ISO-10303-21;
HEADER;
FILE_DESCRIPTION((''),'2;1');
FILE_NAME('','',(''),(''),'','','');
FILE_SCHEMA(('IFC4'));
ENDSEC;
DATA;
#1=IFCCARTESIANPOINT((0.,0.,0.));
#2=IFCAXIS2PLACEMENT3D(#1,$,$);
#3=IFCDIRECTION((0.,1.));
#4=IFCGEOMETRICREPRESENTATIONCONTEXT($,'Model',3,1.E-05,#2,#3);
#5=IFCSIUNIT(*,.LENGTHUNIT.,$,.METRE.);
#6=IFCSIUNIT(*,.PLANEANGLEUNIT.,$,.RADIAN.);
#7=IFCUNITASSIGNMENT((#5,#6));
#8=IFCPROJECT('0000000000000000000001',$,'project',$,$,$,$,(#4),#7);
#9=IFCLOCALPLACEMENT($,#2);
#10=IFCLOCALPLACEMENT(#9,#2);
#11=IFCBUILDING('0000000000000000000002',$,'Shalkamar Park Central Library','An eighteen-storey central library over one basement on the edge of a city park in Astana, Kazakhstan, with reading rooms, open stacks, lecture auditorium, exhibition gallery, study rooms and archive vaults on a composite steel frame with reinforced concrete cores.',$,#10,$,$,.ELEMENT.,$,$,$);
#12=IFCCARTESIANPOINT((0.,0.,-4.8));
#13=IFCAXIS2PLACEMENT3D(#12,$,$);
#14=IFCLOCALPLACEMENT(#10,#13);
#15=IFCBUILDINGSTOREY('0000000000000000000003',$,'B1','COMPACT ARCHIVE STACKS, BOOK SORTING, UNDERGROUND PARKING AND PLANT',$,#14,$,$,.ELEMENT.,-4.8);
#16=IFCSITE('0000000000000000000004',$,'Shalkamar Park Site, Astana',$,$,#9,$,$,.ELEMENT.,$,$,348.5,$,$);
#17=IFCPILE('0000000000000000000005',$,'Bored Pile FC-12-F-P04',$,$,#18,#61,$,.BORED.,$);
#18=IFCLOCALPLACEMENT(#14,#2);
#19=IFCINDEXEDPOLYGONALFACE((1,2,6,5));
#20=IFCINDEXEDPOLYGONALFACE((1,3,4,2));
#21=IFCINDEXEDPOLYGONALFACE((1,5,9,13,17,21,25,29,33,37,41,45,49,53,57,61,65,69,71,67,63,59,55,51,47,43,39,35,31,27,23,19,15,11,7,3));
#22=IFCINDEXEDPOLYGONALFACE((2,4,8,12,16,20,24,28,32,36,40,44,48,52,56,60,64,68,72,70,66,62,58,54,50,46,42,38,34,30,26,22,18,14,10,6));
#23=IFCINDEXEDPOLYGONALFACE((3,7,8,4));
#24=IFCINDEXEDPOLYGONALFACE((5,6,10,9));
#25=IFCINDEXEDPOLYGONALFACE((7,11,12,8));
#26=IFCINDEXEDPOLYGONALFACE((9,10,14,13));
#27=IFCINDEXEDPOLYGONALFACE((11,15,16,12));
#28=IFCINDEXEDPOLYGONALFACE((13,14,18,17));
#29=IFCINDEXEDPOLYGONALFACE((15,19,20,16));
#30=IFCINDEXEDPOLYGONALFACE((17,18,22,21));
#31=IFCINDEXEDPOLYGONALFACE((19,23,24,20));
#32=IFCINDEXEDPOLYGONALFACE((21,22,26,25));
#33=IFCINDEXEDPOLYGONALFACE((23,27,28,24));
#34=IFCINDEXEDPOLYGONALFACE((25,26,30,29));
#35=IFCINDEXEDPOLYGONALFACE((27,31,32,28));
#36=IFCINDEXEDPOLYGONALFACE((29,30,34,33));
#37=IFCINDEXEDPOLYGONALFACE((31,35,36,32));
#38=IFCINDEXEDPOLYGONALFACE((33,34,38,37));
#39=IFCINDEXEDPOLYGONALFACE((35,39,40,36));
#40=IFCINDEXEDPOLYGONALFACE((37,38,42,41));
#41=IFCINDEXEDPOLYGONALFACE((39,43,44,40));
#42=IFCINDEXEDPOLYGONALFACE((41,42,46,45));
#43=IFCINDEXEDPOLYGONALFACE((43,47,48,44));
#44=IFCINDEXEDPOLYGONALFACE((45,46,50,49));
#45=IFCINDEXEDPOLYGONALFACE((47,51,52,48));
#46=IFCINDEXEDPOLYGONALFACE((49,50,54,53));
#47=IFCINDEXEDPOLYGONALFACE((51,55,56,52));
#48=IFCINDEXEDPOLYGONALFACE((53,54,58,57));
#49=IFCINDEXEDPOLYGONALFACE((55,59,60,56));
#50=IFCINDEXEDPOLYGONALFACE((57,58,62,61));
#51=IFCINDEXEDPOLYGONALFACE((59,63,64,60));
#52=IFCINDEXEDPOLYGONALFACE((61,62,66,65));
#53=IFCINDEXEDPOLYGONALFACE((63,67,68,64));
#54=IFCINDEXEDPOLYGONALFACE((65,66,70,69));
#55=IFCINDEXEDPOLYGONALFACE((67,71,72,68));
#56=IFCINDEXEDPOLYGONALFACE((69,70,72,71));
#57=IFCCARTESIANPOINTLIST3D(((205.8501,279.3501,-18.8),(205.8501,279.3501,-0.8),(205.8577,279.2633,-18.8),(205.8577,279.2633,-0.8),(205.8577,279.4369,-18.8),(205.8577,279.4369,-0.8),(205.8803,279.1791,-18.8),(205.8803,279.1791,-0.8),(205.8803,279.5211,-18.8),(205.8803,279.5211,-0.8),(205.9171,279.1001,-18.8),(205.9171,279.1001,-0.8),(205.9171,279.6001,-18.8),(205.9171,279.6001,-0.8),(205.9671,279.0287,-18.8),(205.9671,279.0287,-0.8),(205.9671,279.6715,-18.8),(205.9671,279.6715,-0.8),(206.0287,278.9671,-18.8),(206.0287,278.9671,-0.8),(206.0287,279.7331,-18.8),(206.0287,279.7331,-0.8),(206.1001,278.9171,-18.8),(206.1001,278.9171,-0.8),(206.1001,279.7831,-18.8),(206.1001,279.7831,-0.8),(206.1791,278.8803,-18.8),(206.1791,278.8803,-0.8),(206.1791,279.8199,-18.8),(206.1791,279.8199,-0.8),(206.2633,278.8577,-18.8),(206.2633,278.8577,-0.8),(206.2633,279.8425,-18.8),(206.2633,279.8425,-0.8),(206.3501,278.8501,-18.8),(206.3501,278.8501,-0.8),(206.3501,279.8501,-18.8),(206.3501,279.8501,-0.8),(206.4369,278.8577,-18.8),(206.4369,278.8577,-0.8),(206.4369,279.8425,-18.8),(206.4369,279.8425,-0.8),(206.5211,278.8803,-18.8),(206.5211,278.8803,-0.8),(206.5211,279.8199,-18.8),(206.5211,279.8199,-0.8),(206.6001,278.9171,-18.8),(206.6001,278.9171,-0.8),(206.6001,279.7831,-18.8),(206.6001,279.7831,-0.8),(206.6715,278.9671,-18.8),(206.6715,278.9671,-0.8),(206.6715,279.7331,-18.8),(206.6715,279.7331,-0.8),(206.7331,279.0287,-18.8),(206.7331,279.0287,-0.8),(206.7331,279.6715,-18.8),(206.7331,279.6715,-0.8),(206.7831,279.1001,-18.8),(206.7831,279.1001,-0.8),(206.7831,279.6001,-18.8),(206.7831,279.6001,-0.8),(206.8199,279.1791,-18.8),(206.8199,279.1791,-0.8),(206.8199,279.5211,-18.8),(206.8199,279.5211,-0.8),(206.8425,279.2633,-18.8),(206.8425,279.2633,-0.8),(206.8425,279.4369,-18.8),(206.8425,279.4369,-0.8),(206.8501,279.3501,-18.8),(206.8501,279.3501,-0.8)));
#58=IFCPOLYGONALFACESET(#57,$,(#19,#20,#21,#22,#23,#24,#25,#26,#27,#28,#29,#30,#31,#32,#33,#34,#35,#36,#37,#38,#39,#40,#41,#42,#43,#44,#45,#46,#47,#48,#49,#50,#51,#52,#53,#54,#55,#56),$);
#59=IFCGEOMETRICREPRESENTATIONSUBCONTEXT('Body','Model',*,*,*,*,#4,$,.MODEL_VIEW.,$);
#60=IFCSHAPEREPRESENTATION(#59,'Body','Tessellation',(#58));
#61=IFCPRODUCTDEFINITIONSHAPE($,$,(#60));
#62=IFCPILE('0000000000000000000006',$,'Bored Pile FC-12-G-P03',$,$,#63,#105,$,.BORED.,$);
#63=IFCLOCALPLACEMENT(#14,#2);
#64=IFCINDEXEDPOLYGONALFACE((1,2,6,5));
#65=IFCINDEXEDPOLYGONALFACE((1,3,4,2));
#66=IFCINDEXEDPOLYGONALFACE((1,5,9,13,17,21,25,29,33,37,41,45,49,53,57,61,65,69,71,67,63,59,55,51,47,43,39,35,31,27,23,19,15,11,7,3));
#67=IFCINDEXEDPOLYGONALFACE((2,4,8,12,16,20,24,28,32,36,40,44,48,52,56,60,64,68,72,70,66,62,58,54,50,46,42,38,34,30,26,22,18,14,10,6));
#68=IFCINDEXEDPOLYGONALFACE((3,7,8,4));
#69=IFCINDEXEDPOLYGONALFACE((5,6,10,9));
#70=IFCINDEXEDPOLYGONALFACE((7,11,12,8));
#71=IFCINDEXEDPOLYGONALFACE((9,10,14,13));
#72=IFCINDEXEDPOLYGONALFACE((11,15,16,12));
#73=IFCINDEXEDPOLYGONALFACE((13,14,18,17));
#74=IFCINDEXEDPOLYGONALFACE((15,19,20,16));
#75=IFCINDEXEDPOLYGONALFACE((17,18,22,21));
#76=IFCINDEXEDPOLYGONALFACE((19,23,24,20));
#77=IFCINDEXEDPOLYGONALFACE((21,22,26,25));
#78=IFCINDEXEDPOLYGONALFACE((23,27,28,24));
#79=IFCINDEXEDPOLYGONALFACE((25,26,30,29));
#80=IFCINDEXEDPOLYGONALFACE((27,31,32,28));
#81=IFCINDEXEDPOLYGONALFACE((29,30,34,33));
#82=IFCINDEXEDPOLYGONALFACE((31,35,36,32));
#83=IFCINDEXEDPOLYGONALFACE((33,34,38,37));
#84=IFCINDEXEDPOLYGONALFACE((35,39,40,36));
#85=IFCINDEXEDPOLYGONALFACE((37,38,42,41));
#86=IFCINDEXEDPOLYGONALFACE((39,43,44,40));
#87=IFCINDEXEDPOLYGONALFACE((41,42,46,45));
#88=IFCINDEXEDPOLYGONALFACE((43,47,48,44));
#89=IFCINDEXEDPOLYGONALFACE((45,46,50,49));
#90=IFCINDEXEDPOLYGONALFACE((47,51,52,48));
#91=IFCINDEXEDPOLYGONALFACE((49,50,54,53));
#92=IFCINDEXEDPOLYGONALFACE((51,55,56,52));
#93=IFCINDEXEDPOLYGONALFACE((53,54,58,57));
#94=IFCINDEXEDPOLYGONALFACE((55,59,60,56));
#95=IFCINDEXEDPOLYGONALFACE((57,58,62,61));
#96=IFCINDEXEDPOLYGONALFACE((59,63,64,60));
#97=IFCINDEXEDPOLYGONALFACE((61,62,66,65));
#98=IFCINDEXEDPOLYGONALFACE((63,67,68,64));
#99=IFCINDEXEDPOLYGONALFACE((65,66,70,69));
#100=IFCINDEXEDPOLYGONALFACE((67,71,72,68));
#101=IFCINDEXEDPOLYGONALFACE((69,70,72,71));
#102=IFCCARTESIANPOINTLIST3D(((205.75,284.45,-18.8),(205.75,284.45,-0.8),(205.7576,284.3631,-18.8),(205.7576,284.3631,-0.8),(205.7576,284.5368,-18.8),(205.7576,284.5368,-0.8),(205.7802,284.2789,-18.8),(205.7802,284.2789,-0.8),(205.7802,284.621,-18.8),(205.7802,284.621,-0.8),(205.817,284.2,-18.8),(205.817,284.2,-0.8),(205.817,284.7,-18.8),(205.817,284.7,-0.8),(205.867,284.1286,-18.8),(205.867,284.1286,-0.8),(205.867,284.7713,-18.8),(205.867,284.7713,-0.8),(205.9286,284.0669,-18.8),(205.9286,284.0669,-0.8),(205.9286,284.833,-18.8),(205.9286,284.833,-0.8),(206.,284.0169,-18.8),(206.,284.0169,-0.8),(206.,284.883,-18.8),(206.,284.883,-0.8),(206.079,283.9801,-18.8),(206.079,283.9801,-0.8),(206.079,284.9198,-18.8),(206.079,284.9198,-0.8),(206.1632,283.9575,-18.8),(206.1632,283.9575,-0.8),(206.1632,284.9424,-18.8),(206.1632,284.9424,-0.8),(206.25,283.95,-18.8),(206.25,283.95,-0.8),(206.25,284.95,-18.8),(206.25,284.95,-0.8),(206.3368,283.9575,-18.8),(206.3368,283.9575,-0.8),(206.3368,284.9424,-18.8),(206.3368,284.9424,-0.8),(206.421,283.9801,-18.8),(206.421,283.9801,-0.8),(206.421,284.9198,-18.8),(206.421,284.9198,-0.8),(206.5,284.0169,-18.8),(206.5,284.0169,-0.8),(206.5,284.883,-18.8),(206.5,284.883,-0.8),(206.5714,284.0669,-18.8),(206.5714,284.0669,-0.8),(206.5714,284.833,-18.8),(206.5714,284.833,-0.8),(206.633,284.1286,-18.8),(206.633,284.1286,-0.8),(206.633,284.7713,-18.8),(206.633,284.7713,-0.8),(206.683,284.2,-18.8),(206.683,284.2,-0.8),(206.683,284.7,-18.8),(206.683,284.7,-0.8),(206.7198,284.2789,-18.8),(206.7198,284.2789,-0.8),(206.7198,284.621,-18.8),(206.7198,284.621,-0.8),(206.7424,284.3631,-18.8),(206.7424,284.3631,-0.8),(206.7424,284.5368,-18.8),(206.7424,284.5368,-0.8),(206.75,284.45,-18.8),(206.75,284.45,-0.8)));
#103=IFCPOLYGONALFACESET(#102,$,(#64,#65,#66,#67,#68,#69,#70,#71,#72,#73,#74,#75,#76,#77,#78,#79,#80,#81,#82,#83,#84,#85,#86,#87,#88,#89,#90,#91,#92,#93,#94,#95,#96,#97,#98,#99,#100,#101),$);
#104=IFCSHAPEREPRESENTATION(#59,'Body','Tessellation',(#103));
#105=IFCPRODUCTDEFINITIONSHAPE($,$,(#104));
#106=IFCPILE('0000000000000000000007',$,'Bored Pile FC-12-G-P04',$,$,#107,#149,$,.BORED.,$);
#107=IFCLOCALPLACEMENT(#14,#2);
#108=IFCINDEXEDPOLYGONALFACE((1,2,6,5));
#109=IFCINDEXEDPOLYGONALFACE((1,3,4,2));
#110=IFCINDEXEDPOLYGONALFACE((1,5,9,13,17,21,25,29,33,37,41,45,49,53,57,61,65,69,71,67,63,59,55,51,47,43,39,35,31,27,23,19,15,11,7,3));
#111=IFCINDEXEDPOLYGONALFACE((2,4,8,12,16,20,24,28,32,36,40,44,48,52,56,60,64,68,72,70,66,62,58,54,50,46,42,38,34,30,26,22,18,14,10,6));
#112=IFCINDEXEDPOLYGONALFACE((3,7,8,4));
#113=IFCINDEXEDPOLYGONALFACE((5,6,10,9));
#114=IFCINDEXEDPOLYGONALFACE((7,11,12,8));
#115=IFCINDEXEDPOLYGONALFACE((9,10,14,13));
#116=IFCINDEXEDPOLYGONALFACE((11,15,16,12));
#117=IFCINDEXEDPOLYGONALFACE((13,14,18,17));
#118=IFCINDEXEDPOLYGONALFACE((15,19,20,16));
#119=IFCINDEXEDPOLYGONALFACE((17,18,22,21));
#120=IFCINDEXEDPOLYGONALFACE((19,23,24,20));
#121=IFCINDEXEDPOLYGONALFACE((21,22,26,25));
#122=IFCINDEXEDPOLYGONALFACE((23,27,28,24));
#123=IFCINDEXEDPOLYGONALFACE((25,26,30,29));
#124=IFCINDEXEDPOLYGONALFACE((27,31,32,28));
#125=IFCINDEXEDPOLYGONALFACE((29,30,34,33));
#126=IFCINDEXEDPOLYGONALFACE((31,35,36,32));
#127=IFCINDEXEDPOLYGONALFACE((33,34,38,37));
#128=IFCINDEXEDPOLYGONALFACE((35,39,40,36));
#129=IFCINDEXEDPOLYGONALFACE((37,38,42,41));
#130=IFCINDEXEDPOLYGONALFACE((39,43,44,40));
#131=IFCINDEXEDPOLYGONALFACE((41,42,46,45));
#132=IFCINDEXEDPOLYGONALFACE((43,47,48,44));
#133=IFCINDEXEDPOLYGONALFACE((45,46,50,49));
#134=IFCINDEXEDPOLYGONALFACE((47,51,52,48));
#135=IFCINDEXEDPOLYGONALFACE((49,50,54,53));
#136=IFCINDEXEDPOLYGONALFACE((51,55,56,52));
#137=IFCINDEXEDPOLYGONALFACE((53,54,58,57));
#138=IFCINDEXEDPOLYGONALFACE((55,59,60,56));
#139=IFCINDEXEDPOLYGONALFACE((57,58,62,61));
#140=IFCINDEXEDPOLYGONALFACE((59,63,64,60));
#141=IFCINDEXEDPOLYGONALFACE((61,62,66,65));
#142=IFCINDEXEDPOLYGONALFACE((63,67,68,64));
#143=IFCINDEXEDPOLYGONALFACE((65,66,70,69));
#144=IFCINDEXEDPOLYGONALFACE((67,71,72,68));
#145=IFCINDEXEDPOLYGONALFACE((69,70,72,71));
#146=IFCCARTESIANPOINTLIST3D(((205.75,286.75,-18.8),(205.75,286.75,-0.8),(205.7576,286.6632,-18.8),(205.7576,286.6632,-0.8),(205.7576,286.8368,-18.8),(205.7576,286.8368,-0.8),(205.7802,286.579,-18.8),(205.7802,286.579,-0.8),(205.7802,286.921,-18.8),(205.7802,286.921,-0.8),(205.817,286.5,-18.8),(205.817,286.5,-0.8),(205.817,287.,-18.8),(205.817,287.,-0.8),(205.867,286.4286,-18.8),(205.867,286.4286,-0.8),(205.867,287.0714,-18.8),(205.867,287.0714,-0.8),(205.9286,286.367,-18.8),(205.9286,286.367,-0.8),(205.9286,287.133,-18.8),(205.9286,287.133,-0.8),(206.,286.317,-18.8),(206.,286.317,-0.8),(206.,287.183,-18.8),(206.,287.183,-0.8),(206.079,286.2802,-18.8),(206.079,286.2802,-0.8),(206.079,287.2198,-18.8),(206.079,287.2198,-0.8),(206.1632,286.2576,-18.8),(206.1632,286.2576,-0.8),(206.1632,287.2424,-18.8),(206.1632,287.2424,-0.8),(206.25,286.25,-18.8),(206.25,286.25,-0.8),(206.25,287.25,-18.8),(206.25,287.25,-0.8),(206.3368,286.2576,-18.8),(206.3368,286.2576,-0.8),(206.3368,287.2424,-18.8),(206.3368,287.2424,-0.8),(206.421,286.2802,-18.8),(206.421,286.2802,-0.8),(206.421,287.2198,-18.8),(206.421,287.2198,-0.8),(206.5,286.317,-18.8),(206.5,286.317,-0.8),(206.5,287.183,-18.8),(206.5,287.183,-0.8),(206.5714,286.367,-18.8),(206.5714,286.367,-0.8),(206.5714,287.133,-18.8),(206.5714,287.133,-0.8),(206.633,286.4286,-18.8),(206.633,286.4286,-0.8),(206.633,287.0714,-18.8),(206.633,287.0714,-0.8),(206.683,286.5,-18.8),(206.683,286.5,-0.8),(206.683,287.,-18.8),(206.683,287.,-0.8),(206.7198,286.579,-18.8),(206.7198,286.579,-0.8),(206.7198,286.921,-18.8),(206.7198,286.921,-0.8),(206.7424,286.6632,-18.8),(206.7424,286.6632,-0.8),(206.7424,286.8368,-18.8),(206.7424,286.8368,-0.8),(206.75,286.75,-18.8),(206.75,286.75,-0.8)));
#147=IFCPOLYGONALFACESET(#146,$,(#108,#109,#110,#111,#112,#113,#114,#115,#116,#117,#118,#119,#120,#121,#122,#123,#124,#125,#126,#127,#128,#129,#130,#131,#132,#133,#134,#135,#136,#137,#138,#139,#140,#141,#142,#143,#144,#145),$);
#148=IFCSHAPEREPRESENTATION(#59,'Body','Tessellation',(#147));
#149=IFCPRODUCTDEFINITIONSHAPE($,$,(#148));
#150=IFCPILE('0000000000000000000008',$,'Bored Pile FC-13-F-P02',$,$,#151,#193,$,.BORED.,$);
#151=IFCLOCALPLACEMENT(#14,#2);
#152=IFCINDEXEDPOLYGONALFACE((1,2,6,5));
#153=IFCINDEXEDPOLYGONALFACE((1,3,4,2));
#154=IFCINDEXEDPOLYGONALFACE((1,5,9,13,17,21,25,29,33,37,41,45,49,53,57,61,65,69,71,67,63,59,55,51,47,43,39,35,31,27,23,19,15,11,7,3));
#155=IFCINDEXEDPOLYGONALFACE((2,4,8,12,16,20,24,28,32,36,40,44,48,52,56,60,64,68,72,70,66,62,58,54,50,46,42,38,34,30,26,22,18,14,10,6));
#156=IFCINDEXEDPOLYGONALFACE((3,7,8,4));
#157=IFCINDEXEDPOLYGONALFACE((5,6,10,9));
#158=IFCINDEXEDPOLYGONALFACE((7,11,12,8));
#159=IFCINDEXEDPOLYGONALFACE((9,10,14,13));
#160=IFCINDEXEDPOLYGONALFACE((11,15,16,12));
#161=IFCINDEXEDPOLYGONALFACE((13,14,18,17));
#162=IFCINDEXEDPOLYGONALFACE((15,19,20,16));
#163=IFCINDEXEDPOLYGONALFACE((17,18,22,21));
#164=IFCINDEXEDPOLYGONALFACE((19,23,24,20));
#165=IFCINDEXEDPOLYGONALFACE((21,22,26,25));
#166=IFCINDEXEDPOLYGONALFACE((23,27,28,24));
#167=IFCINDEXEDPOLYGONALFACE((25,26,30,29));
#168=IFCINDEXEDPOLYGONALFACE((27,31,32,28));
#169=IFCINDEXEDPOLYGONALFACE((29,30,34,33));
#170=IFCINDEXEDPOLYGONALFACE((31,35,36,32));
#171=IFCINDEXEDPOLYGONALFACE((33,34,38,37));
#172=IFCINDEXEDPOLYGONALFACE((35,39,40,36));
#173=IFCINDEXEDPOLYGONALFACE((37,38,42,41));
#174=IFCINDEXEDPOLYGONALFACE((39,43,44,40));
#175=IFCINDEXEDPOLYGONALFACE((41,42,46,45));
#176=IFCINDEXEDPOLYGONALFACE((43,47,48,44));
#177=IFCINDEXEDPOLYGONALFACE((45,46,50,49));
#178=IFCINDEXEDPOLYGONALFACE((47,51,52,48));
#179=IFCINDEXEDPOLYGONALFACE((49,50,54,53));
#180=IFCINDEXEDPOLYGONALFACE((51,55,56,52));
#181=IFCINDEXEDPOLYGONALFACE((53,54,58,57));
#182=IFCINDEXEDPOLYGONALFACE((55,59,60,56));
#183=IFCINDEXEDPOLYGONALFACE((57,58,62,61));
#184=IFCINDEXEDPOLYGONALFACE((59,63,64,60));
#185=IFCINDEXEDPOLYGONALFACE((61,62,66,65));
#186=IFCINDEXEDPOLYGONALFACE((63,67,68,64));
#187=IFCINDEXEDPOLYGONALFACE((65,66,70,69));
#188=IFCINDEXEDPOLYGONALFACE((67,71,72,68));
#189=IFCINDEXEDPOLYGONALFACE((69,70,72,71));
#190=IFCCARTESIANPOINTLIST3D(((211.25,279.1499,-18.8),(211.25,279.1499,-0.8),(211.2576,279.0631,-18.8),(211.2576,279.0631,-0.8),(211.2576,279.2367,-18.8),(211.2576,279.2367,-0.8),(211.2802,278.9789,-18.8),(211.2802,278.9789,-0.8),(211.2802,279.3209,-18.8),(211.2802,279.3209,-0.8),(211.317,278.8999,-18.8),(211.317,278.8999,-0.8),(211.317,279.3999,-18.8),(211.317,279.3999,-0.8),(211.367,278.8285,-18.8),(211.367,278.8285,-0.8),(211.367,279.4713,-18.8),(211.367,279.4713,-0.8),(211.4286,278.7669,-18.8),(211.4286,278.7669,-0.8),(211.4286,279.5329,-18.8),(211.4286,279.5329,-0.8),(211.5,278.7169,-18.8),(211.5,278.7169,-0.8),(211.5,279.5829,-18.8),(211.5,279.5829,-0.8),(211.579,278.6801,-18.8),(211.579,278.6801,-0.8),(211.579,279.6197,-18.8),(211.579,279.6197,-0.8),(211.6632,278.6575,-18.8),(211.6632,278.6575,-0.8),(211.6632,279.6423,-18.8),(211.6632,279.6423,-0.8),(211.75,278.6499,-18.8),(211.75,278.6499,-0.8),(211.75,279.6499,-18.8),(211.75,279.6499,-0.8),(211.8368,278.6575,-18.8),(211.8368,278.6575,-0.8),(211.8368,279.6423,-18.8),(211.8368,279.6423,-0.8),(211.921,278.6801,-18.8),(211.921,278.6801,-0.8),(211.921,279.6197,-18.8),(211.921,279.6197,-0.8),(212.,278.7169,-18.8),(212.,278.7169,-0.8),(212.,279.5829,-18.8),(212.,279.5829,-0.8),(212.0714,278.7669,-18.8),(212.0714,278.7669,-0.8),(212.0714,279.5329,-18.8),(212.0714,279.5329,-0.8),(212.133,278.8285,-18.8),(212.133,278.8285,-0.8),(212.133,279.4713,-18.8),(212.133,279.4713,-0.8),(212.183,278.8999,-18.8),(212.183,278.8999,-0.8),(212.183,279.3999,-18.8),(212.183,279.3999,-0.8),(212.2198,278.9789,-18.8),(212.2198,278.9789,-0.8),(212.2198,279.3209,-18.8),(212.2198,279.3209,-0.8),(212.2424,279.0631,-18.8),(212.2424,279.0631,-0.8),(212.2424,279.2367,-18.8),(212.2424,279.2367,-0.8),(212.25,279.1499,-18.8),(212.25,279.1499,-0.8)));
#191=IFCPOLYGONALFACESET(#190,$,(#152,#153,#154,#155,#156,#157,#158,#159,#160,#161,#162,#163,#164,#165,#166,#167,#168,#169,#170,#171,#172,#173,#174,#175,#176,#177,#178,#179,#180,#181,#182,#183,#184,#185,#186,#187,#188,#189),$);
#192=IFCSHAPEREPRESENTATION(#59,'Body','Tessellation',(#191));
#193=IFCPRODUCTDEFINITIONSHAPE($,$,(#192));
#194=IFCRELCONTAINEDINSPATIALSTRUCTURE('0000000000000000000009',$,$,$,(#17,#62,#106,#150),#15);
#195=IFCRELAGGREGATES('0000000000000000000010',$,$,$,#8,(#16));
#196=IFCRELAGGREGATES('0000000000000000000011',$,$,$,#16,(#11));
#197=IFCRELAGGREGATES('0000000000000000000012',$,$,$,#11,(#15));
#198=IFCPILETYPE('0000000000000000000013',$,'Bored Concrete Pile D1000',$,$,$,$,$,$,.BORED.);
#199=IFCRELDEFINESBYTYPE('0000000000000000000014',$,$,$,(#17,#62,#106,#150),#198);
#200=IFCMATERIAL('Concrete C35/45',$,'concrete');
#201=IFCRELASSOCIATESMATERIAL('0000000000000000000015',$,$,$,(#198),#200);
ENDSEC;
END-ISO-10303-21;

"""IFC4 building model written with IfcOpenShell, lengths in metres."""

from ifc_helpers import new_model, si_unit, direction, frame, origin, origin_2d, place, context, subcontext, project, spatial, circle, extrude, material, material_profile, profile_set, type_object, element, save


model = new_model("IFC4")

# Units and contexts
model_context = context("Model", 3, precision=1e-05, world=origin(), true_north=direction((0.0, 1.0)))
body_context = subcontext(model_context, "Body", "Model", "MODEL_VIEW")
ifc_project = project(units=[si_unit("LENGTHUNIT", "METRE"), si_unit("PLANEANGLEUNIT", "RADIAN")], contexts=[model_context])

# Site, building, storey
site_placement = place(None, origin())
site = spatial("IfcSite", under=ifc_project, at=site_placement, Name="Shalkamar Park Site, Astana", CompositionType="ELEMENT", RefElevation=348.5)
building_placement = place(site_placement, origin())
building = spatial("IfcBuilding", under=site, at=building_placement, Name="Shalkamar Park Central Library", Description="An eighteen-storey central library over one basement on the edge of a city park in Astana, Kazakhstan, with reading rooms, open stacks, lecture auditorium, exhibition gallery, study rooms and archive vaults on a composite steel frame with reinforced concrete cores.", CompositionType="ELEMENT")
storey_placement = place(building_placement, frame((0.0, 0.0, -4.8)))
storey = spatial("IfcBuildingStorey", under=building, at=storey_placement, Name="B1", Description="COMPACT ARCHIVE STACKS, BOOK SORTING, UNDERGROUND PARKING AND PLANT", CompositionType="ELEMENT", Elevation=-4.8)

# Piles
ifc_material_1 = material(Name="Concrete C35/45", Category="concrete")
ifc_material_profile_1 = material_profile(ifc_material_1, circle(Radius=0.5, at=origin_2d()), Name="PILE D1000")
ifc_profile_set_1 = profile_set([ifc_material_profile_1], Name="Concrete C35/45")
pile_type_1 = type_object("IfcPileType", Name="Bored Concrete Pile D1000", PredefinedType="BORED", material=ifc_profile_set_1)
for number, where, z_axis, x_axis, name in (
    (1, (206.3501, 279.3501, -0.8), (0.0, 0.0, -1.0), (1.0, 0.0, 0.0), "Bored Pile FC-12-F-P04"),
    (2, (206.25, 284.45, -0.8), (0.0, 0.0, -1.0), (1.0, 0.0, 0.0), "Bored Pile FC-12-G-P03"),
    (3, (206.25, 286.75, -0.8), (0.0, 0.0, -1.0), (1.0, 0.0, 0.0), "Bored Pile FC-12-G-P04"),
    (4, (211.75, 279.1499, -0.8), (0.0, 0.0, -1.0), (1.0, 0.0, 0.0), "Bored Pile FC-13-F-P02"),
):
    element("IfcPile", number, at=place(storey_placement, frame(where, z_axis=z_axis, x_axis=x_axis)), inside=storey, type_object=pile_type_1, Name=name, PredefinedType="BORED", context=body_context, shape_type="SweptSolid", body=[
        extrude(circle(Radius=0.5, at=origin_2d()), origin(), (0.0, 0.0, 1.0), 18.0),
    ])

save(model, "model.ifc")
